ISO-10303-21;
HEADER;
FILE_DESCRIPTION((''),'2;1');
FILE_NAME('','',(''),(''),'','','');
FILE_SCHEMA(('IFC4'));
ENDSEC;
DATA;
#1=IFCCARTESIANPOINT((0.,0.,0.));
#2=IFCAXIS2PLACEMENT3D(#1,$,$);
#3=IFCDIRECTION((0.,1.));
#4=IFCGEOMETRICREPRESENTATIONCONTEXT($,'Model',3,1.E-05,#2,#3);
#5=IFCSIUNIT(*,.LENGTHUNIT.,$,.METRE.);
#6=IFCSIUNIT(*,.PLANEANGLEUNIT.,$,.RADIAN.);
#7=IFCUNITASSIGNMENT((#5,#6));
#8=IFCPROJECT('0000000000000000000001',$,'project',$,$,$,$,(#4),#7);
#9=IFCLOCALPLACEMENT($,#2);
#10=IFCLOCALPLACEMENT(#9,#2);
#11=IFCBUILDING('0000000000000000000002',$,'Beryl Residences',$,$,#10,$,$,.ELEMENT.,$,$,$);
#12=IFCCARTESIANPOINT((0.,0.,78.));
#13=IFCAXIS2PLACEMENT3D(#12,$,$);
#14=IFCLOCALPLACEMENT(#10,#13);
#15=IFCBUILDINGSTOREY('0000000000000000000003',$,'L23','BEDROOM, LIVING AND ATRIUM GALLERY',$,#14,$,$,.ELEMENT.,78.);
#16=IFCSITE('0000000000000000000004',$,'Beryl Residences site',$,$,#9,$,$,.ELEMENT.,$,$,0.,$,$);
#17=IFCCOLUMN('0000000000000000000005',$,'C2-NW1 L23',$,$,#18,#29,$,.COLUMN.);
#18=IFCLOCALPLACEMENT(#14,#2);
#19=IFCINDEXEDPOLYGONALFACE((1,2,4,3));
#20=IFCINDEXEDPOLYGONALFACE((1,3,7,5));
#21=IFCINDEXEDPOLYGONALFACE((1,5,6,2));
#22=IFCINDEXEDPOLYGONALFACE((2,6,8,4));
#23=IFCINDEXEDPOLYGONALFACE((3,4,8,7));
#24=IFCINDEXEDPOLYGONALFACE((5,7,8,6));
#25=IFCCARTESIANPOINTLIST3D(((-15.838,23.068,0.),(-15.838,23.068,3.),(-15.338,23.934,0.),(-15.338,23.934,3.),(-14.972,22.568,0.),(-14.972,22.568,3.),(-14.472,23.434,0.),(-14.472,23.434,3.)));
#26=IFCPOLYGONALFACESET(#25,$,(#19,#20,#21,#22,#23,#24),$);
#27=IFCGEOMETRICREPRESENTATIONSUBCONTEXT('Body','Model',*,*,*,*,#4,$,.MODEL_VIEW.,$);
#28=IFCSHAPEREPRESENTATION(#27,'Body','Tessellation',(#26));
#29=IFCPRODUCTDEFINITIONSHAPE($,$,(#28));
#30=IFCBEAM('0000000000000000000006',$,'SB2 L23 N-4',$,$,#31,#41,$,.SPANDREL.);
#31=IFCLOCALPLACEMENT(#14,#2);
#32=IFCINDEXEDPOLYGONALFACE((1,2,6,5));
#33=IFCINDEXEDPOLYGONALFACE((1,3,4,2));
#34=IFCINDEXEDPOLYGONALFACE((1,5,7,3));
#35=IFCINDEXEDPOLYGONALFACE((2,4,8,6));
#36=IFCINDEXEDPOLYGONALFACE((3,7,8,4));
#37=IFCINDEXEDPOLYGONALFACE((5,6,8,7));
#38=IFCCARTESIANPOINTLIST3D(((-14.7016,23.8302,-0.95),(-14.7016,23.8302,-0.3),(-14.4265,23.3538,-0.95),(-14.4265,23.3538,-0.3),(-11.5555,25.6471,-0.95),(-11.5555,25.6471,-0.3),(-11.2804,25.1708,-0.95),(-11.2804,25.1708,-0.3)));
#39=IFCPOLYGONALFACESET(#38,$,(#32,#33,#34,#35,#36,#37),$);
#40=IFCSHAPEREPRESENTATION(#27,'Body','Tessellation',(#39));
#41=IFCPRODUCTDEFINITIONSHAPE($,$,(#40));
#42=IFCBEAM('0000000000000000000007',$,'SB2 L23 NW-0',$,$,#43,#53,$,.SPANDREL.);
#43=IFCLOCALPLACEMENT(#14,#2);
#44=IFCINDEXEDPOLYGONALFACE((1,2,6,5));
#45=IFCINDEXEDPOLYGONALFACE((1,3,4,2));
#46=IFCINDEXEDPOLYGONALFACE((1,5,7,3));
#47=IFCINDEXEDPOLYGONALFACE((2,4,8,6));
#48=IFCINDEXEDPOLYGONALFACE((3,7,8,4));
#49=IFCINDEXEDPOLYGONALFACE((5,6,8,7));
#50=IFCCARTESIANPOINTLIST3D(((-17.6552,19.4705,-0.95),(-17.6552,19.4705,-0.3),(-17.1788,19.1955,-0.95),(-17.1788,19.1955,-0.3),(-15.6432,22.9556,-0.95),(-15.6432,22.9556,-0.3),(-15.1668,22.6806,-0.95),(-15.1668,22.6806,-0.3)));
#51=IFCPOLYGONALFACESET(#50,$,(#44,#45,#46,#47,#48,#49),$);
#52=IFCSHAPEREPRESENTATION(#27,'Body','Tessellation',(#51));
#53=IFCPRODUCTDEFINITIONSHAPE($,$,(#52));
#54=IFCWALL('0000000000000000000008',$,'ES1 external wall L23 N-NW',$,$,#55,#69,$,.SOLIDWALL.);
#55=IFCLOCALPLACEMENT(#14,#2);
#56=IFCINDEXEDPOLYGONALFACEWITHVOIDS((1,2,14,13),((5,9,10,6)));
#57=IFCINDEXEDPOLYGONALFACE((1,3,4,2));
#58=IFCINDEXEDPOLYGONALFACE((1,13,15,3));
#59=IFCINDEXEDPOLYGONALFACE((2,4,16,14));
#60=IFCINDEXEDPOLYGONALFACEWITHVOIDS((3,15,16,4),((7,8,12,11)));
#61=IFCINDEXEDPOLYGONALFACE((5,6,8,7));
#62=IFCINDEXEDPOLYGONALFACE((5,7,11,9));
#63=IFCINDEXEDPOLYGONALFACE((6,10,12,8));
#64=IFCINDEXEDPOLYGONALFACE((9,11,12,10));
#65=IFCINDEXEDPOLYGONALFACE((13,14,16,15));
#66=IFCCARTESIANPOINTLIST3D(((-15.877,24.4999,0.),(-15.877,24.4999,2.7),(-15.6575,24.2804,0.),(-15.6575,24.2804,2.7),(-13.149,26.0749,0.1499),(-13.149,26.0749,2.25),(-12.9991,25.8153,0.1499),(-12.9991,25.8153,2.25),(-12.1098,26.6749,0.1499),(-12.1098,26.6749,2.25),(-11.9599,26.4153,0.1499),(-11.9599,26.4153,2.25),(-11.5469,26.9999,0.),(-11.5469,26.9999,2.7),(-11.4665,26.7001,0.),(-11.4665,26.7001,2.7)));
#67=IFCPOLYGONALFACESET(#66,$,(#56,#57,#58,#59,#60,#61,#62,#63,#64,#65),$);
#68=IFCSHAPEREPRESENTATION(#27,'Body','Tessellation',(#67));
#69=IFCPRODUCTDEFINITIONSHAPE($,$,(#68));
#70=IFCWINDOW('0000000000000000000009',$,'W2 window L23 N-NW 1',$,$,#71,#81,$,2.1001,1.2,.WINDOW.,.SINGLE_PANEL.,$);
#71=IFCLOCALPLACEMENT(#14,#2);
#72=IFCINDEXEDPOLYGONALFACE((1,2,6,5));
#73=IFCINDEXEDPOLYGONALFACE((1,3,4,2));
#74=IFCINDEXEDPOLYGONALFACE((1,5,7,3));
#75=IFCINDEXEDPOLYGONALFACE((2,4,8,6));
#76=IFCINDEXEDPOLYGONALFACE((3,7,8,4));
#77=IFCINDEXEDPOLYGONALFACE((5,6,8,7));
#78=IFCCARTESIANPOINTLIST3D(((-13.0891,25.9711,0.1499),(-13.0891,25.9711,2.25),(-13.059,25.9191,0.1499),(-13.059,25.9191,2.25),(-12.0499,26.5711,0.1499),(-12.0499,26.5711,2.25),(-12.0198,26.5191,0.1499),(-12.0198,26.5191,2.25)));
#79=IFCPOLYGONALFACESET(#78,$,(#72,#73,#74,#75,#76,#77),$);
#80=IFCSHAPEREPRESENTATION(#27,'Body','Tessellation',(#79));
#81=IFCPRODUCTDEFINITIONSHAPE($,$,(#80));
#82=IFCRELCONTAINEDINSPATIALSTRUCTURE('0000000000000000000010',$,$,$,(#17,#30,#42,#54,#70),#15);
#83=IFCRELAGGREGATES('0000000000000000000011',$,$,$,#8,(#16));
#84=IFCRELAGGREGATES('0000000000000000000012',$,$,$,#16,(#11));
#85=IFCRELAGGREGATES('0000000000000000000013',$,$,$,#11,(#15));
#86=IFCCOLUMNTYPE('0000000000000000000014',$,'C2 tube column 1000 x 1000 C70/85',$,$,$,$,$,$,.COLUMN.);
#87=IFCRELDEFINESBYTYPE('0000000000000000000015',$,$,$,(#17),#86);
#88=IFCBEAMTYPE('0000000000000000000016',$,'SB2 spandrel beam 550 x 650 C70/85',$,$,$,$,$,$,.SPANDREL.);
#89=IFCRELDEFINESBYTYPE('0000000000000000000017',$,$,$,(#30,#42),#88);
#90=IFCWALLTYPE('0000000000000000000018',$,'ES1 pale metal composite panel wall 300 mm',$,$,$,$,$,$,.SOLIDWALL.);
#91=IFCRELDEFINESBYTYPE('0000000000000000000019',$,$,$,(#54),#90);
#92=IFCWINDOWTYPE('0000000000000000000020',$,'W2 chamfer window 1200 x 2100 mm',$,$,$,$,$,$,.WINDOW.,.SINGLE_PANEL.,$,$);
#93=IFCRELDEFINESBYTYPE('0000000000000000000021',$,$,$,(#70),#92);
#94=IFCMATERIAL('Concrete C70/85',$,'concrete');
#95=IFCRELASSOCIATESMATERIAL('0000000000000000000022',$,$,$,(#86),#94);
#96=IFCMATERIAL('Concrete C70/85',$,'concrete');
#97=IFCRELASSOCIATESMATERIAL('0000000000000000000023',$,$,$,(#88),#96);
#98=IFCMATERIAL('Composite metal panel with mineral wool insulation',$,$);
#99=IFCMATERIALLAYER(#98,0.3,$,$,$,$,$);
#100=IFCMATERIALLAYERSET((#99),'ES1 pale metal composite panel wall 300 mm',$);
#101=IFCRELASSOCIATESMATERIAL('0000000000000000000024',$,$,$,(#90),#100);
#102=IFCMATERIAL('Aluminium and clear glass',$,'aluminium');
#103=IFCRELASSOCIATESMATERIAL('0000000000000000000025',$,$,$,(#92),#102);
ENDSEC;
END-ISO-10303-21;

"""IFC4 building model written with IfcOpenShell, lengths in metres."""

from ifc_helpers import new_model, si_unit, direction, frame, frame_2d, origin, origin_2d, place, context, subcontext, project, spatial, polyline, rectangle, outline, extrude, material, layer, layer_set, material_profile, profile_set, type_object, element, fill, save


model = new_model("IFC4")

# Units and contexts
model_context = context("Model", 3, precision=1e-05, world=origin(), true_north=direction((0.0, 1.0)))
body_context = subcontext(model_context, "Body", "Model", "MODEL_VIEW")
ifc_project = project(units=[si_unit("LENGTHUNIT", "METRE"), si_unit("PLANEANGLEUNIT", "RADIAN")], contexts=[model_context])

# Site, building, storey
site_placement = place(None, origin())
site = spatial("IfcSite", under=ifc_project, at=site_placement, Name="Beryl Residences site", CompositionType="ELEMENT", RefElevation=0.0)
building_placement = place(site_placement, origin())
building = spatial("IfcBuilding", under=site, at=building_placement, Name="Beryl Residences", CompositionType="ELEMENT")
storey_placement = place(building_placement, frame((0.0, 0.0, 78.0)))
storey = spatial("IfcBuildingStorey", under=building, at=storey_placement, Name="L23", Description="BEDROOM, LIVING AND ATRIUM GALLERY", CompositionType="ELEMENT", Elevation=78.0)

# Column
ifc_material_1 = material(Name="Concrete C70/85", Category="concrete")
ifc_material_profile_1 = material_profile(ifc_material_1, rectangle(XDim=1.0, YDim=1.0, at=origin_2d()))
ifc_profile_set_1 = profile_set([ifc_material_profile_1], Name="Concrete C70/85")
column_type = type_object("IfcColumnType", Name="C2 tube column 1000 x 1000 C70/85", PredefinedType="COLUMN", material=ifc_profile_set_1)
column_placement = place(storey_placement, frame((-15.155, 23.251, 0.0), z_axis=(0.0, 0.0, 1.0), x_axis=(-0.5, -0.866025, 0.0)))
element("IfcColumn", 1, at=column_placement, inside=storey, type_object=column_type, Name="C2-NW1 L23", PredefinedType="COLUMN", context=body_context, shape_type="SweptSolid", body=[
    extrude(rectangle(XDim=1.0, YDim=1.0, at=origin_2d()), origin(), (0.0, 0.0, 1.0), 3.0),
])

# Beams
ifc_material_2 = material(Name="Concrete C70/85", Category="concrete")
ifc_material_profile_2 = material_profile(ifc_material_2, rectangle(XDim=0.55, YDim=0.6499, at=origin_2d()))
ifc_profile_set_2 = profile_set([ifc_material_profile_2], Name="Concrete C70/85")
beam_type = type_object("IfcBeamType", Name="SB2 spandrel beam 550 x 650 C70/85", PredefinedType="SPANDREL", material=ifc_profile_set_2)
beam_1_placement = place(storey_placement, frame((-11.418, 25.4089, -0.625), z_axis=(-0.86596, -0.500114, 0.0), x_axis=(0.500114, -0.86596, 0.0)))
element("IfcBeam", 2, at=beam_1_placement, inside=storey, type_object=beam_type, Name="SB2 L23 N-4", PredefinedType="SPANDREL", context=body_context, shape_type="SweptSolid", body=[
    extrude(rectangle(XDim=0.55, YDim=0.6499, at=origin_2d()), origin(), (0.0, 0.0, 1.0), 3.6331),
])
beam_2_placement = place(storey_placement, frame((-15.405, 22.8181, -0.625), z_axis=(-0.499969, -0.866043, 0.0), x_axis=(0.866043, -0.499969, 0.0)))
element("IfcBeam", 3, at=beam_2_placement, inside=storey, type_object=beam_type, Name="SB2 L23 NW-0", PredefinedType="SPANDREL", context=body_context, shape_type="SweptSolid", body=[
    extrude(rectangle(XDim=0.55, YDim=0.6499, at=origin_2d()), origin(), (0.0, 0.0, 1.0), 4.0242),
])

# Wall, opening, window
ifc_material_3 = material(Name="Composite metal panel with mineral wool insulation")
ifc_layer_1 = layer(ifc_material_3, 0.3)
ifc_layer_set_1 = layer_set([ifc_layer_1], Name="ES1 pale metal composite panel wall 300 mm")
wall_type_1 = type_object("IfcWallType", Name="ES1 pale metal composite panel wall 300 mm", PredefinedType="SOLIDWALL", material=ifc_layer_set_1)
wall_1_placement = place(storey_placement, frame((-11.4719, 26.8701, 0.0), z_axis=(0.0, 0.0, 1.0), x_axis=(-0.866023, -0.500004, 0.0)))
wall_1 = element("IfcWall", 4, at=wall_1_placement, inside=storey, type_object=wall_type_1, Name="ES1 external wall L23 N-NW", PredefinedType="SOLIDWALL", context=body_context, shape_type="SweptSolid", body=[
    extrude(outline(polyline([(0.0, -0.1499), (5.0, -0.1499), (4.9197, 0.1499), (0.0803, 0.1499), (0.0, -0.1499)])), origin(), (0.0, 0.0, 1.0), 2.7),
])
opening_1_placement = place(wall_1_placement, frame((0.6499, 0.0, 0.1499)))
opening_1 = element("IfcOpeningElement", 5, at=opening_1_placement, cuts=wall_1, PredefinedType="OPENING", context=body_context, shape_type="SweptSolid", body=[
    extrude(rectangle(XDim=1.2, YDim=2.1001, at=frame_2d((0.6001, 1.05))), frame((0.0, 0.1599, 0.0), z_axis=(0.0, -1.0, 0.0), x_axis=(1.0, 0.0, 0.0)), (0.0, 0.0, 1.0), 0.3201),
])
ifc_material_4 = material(Name="Aluminium and clear glass", Category="aluminium")
window_type_1 = type_object("IfcWindowType", Name="W2 chamfer window 1200 x 2100 mm", PartitioningType="SINGLE_PANEL", PredefinedType="WINDOW", material=ifc_material_4)
window_1_placement = place(opening_1_placement, origin())
window_1 = element("IfcWindow", 6, at=window_1_placement, inside=storey, type_object=window_type_1, Name="W2 window L23 N-NW 1", OverallHeight=2.1001, OverallWidth=1.2, PartitioningType="SINGLE_PANEL", PredefinedType="WINDOW", context=body_context, shape_type="SweptSolid", body=[
    extrude(rectangle(XDim=1.2, YDim=2.1001, at=frame_2d((0.6001, 1.05))), frame((0.0, 0.03, 0.0), z_axis=(0.0, -1.0, 0.0), x_axis=(1.0, 0.0, 0.0)), (0.0, 0.0, 1.0), 0.0601),
])
fill(opening_1, window_1)

save(model, "model.ifc")
